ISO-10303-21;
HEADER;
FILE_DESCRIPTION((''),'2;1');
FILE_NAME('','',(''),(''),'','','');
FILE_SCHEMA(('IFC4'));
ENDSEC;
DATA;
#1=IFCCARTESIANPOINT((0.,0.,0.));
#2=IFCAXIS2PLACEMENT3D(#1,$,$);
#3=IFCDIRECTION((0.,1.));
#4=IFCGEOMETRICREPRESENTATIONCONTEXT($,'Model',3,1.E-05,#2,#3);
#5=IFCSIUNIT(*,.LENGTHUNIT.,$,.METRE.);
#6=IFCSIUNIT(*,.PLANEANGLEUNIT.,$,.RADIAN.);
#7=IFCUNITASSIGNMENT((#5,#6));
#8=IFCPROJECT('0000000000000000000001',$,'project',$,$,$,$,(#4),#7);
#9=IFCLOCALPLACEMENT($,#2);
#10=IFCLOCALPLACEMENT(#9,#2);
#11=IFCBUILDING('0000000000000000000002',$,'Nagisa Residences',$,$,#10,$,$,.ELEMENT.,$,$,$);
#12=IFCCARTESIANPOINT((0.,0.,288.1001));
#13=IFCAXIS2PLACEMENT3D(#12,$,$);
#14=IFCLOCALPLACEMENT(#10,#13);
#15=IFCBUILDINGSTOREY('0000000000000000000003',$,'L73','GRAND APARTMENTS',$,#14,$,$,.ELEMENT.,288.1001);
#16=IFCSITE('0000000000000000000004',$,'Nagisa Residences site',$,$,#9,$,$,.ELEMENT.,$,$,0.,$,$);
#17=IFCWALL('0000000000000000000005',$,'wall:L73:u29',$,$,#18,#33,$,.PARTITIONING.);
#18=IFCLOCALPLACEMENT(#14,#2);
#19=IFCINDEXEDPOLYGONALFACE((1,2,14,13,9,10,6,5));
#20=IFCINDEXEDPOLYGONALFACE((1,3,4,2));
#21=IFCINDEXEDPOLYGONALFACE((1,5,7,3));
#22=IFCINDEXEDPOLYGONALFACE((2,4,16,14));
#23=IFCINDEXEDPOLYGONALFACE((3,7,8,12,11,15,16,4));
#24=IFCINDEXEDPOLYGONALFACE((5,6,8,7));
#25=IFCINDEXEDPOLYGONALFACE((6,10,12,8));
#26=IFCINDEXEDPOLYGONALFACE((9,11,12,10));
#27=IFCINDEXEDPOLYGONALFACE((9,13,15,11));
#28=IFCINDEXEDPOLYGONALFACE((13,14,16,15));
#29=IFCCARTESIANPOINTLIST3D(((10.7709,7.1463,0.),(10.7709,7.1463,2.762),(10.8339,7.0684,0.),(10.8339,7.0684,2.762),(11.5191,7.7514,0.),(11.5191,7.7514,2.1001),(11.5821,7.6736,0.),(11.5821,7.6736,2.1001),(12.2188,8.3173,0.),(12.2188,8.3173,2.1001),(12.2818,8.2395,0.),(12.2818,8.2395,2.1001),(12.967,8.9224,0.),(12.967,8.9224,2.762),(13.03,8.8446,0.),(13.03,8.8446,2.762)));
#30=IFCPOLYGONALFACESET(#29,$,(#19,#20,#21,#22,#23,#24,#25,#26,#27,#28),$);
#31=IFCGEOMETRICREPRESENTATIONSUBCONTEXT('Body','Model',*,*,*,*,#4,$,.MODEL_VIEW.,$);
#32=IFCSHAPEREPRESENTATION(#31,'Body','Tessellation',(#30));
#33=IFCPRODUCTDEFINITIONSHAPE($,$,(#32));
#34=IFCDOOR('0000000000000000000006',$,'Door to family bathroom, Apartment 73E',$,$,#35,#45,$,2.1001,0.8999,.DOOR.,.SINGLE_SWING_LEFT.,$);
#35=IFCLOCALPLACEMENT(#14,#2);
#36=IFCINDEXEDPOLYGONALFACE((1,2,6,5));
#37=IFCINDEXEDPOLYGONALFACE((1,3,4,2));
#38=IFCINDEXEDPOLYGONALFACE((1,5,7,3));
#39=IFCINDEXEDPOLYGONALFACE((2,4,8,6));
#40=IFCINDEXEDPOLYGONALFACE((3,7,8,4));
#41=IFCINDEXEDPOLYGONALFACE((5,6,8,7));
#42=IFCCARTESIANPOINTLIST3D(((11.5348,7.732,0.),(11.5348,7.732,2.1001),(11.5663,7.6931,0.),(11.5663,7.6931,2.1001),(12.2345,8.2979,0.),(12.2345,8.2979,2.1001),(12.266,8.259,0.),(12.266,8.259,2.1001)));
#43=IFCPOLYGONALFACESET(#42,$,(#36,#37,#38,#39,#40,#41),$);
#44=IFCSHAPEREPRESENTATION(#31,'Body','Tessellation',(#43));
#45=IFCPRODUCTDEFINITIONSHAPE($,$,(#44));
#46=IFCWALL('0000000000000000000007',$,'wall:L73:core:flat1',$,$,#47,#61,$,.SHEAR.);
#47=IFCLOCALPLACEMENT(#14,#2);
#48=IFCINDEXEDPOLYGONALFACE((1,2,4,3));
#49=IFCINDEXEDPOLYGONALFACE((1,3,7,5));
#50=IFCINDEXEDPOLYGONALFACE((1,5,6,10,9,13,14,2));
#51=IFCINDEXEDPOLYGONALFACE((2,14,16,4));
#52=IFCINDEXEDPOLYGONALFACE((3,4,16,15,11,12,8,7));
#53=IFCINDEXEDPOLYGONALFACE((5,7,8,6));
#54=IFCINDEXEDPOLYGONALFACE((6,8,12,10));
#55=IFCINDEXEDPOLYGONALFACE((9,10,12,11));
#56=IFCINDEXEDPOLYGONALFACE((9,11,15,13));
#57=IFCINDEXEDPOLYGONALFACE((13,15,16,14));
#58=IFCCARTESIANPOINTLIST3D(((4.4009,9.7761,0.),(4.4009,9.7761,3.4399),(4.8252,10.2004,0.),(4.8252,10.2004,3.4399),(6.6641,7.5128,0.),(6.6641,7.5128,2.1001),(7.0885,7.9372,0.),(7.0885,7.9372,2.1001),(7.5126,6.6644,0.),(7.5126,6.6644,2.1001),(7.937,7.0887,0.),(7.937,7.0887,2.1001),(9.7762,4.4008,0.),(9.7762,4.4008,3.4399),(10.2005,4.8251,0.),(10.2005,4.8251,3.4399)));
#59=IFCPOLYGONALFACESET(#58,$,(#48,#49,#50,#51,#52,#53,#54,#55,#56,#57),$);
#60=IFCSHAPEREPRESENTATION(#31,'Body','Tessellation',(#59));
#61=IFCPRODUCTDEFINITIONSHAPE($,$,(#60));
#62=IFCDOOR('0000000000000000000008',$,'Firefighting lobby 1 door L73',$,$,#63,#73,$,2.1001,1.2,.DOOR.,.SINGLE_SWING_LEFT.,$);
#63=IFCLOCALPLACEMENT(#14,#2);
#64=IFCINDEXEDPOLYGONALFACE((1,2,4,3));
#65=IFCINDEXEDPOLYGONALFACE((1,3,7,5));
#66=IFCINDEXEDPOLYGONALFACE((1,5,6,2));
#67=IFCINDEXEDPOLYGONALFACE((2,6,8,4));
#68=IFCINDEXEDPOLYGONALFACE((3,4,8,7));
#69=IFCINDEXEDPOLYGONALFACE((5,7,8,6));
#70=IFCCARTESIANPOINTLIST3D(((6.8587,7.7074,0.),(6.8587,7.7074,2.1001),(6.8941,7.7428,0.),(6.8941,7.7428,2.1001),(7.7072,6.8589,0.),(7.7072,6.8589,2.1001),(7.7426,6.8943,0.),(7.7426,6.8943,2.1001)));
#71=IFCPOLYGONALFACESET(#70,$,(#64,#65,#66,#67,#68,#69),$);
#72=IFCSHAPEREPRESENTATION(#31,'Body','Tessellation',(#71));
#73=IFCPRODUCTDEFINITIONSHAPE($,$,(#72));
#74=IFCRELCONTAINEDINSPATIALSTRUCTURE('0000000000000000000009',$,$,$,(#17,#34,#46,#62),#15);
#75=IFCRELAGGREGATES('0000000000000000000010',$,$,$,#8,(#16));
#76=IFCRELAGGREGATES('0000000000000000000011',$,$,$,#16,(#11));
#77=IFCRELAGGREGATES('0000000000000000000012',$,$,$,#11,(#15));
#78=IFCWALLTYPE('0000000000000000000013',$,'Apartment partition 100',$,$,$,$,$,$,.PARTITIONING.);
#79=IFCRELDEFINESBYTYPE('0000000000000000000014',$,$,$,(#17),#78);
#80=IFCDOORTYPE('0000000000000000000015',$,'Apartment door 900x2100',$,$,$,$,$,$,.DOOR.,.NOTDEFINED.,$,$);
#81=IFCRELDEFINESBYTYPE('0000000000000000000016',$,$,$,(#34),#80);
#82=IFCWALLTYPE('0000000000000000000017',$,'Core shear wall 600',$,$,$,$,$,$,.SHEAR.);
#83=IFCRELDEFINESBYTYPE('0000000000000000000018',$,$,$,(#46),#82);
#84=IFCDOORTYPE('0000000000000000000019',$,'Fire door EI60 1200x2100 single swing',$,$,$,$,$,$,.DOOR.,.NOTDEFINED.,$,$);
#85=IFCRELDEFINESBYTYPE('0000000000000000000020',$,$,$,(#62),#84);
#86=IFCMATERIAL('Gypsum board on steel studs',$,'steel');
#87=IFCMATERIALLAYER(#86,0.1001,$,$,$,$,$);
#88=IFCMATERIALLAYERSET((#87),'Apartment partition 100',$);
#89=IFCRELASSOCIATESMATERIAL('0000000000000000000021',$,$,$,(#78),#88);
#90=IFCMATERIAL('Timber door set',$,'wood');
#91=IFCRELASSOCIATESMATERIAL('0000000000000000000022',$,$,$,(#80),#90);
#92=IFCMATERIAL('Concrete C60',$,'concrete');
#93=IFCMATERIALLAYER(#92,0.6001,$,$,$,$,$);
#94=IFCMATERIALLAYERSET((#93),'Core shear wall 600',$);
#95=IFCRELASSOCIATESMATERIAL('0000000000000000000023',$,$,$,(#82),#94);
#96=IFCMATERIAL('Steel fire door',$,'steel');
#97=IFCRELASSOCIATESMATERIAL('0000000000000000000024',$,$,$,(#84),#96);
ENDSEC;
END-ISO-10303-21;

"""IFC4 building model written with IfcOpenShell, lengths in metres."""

from ifc_helpers import new_model, si_unit, direction, frame, frame_2d, origin, place, context, subcontext, project, spatial, rectangle, extrude, material, layer, layer_set, type_object, element, fill, save


model = new_model("IFC4")

# Units and contexts
model_context = context("Model", 3, precision=1e-05, world=origin(), true_north=direction((0.0, 1.0)))
body_context = subcontext(model_context, "Body", "Model", "MODEL_VIEW")
ifc_project = project(units=[si_unit("LENGTHUNIT", "METRE"), si_unit("PLANEANGLEUNIT", "RADIAN")], contexts=[model_context])

# Site, building, storey
site_placement = place(None, origin())
site = spatial("IfcSite", under=ifc_project, at=site_placement, Name="Nagisa Residences site", CompositionType="ELEMENT", RefElevation=0.0)
building_placement = place(site_placement, origin())
building = spatial("IfcBuilding", under=site, at=building_placement, Name="Nagisa Residences", CompositionType="ELEMENT")
storey_placement = place(building_placement, frame((0.0, 0.0, 288.1001)))
storey = spatial("IfcBuildingStorey", under=building, at=storey_placement, Name="L73", Description="GRAND APARTMENTS", CompositionType="ELEMENT", Elevation=288.1001)

# Shared definitions
ifc_material_1 = material(Name="Gypsum board on steel studs", Category="steel")
ifc_layer_1 = layer(ifc_material_1, 0.1001)
ifc_layer_set_1 = layer_set([ifc_layer_1], Name="Apartment partition 100")
wall_type_1 = type_object("IfcWallType", Name="Apartment partition 100", PredefinedType="PARTITIONING", material=ifc_layer_set_1)

# Shared definitions
ifc_material_2 = material(Name="Timber door set", Category="wood")
door_type_1 = type_object("IfcDoorType", Name="Apartment door 900x2100", OperationType="NOTDEFINED", PredefinedType="DOOR", material=ifc_material_2)

# Walls, openings, doors
wall_1_placement = place(storey_placement, frame((10.8025, 7.1074, 0.0), z_axis=(0.0, 0.0, 1.0), x_axis=(0.777527, 0.62885, 0.0)))
wall_1 = element("IfcWall", 1, at=wall_1_placement, inside=storey, type_object=wall_type_1, Name="wall:L73:u29", PredefinedType="PARTITIONING", context=body_context, shape_type="SweptSolid", body=[
    extrude(rectangle(XDim=2.8245, YDim=0.1001, at=frame_2d((1.4121, 0.0))), origin(), (0.0, 0.0, 1.0), 2.762),
])
opening_1_placement = place(wall_1_placement, frame((0.9622, 0.0, 0.0)))
opening_1 = element("IfcOpeningElement", 2, at=opening_1_placement, cuts=wall_1, PredefinedType="OPENING", context=body_context, shape_type="SweptSolid", body=[
    extrude(rectangle(XDim=0.8999, YDim=2.1001, at=frame_2d((0.45, 1.05))), frame((0.0, 0.0601, 0.0), z_axis=(0.0, -1.0, 0.0), x_axis=(1.0, 0.0, 0.0)), (0.0, 0.0, 1.0), 0.1201),
])
door_1_placement = place(opening_1_placement, frame((0.8999, 0.0, 0.0), x_axis=(-1.0, 0.0, 0.0)))
door_1 = element("IfcDoor", 3, at=door_1_placement, inside=storey, type_object=door_type_1, Name="Door to family bathroom, Apartment 73E", OperationType="SINGLE_SWING_LEFT", OverallHeight=2.1001, OverallWidth=0.8999, PredefinedType="DOOR", context=body_context, shape_type="SweptSolid", body=[
    extrude(rectangle(XDim=0.8999, YDim=2.1001, at=frame_2d((0.45, 1.05))), frame((0.0, 0.0249, 0.0), z_axis=(0.0, -1.0, 0.0), x_axis=(1.0, 0.0, 0.0)), (0.0, 0.0, 1.0), 0.05),
])
fill(opening_1, door_1)
ifc_material_3 = material(Name="Concrete C60", Category="concrete")
ifc_layer_2 = layer(ifc_material_3, 0.6001)
ifc_layer_set_2 = layer_set([ifc_layer_2], Name="Core shear wall 600")
wall_type_2 = type_object("IfcWallType", Name="Core shear wall 600", PredefinedType="SHEAR", material=ifc_layer_set_2)
wall_2_placement = place(storey_placement, frame((9.9883, 4.613, 0.0), z_axis=(0.0, 0.0, 1.0), x_axis=(-0.707107, 0.707107, 0.0)))
wall_2 = element("IfcWall", 4, at=wall_2_placement, inside=storey, type_object=wall_type_2, Name="wall:L73:core:flat1", PredefinedType="SHEAR", context=body_context, shape_type="SweptSolid", body=[
    extrude(rectangle(XDim=7.6018, YDim=0.6001, at=frame_2d((3.8008, 0.0))), origin(), (0.0, 0.0, 1.0), 3.4399),
])
opening_2_placement = place(wall_2_placement, frame((3.2009, 0.0, 0.0)))
opening_2 = element("IfcOpeningElement", 5, at=opening_2_placement, cuts=wall_2, PredefinedType="OPENING", context=body_context, shape_type="SweptSolid", body=[
    extrude(rectangle(XDim=1.2, YDim=2.1001, at=frame_2d((0.6001, 1.05))), frame((0.0, 0.3101, 0.0), z_axis=(0.0, -1.0, 0.0), x_axis=(1.0, 0.0, 0.0)), (0.0, 0.0, 1.0), 0.6201),
])
ifc_material_4 = material(Name="Steel fire door", Category="steel")
door_type_2 = type_object("IfcDoorType", Name="Fire door EI60 1200x2100 single swing", OperationType="NOTDEFINED", PredefinedType="DOOR", material=ifc_material_4)
door_2_placement = place(opening_2_placement, origin())
door_2 = element("IfcDoor", 6, at=door_2_placement, inside=storey, type_object=door_type_2, Name="Firefighting lobby 1 door L73", OperationType="SINGLE_SWING_LEFT", OverallHeight=2.1001, OverallWidth=1.2, PredefinedType="DOOR", context=body_context, shape_type="SweptSolid", body=[
    extrude(rectangle(XDim=1.2, YDim=2.1001, at=frame_2d((0.6001, 1.05))), frame((0.0, 0.0249, 0.0), z_axis=(0.0, -1.0, 0.0), x_axis=(1.0, 0.0, 0.0)), (0.0, 0.0, 1.0), 0.05),
])
fill(opening_2, door_2)

save(model, "model.ifc")
